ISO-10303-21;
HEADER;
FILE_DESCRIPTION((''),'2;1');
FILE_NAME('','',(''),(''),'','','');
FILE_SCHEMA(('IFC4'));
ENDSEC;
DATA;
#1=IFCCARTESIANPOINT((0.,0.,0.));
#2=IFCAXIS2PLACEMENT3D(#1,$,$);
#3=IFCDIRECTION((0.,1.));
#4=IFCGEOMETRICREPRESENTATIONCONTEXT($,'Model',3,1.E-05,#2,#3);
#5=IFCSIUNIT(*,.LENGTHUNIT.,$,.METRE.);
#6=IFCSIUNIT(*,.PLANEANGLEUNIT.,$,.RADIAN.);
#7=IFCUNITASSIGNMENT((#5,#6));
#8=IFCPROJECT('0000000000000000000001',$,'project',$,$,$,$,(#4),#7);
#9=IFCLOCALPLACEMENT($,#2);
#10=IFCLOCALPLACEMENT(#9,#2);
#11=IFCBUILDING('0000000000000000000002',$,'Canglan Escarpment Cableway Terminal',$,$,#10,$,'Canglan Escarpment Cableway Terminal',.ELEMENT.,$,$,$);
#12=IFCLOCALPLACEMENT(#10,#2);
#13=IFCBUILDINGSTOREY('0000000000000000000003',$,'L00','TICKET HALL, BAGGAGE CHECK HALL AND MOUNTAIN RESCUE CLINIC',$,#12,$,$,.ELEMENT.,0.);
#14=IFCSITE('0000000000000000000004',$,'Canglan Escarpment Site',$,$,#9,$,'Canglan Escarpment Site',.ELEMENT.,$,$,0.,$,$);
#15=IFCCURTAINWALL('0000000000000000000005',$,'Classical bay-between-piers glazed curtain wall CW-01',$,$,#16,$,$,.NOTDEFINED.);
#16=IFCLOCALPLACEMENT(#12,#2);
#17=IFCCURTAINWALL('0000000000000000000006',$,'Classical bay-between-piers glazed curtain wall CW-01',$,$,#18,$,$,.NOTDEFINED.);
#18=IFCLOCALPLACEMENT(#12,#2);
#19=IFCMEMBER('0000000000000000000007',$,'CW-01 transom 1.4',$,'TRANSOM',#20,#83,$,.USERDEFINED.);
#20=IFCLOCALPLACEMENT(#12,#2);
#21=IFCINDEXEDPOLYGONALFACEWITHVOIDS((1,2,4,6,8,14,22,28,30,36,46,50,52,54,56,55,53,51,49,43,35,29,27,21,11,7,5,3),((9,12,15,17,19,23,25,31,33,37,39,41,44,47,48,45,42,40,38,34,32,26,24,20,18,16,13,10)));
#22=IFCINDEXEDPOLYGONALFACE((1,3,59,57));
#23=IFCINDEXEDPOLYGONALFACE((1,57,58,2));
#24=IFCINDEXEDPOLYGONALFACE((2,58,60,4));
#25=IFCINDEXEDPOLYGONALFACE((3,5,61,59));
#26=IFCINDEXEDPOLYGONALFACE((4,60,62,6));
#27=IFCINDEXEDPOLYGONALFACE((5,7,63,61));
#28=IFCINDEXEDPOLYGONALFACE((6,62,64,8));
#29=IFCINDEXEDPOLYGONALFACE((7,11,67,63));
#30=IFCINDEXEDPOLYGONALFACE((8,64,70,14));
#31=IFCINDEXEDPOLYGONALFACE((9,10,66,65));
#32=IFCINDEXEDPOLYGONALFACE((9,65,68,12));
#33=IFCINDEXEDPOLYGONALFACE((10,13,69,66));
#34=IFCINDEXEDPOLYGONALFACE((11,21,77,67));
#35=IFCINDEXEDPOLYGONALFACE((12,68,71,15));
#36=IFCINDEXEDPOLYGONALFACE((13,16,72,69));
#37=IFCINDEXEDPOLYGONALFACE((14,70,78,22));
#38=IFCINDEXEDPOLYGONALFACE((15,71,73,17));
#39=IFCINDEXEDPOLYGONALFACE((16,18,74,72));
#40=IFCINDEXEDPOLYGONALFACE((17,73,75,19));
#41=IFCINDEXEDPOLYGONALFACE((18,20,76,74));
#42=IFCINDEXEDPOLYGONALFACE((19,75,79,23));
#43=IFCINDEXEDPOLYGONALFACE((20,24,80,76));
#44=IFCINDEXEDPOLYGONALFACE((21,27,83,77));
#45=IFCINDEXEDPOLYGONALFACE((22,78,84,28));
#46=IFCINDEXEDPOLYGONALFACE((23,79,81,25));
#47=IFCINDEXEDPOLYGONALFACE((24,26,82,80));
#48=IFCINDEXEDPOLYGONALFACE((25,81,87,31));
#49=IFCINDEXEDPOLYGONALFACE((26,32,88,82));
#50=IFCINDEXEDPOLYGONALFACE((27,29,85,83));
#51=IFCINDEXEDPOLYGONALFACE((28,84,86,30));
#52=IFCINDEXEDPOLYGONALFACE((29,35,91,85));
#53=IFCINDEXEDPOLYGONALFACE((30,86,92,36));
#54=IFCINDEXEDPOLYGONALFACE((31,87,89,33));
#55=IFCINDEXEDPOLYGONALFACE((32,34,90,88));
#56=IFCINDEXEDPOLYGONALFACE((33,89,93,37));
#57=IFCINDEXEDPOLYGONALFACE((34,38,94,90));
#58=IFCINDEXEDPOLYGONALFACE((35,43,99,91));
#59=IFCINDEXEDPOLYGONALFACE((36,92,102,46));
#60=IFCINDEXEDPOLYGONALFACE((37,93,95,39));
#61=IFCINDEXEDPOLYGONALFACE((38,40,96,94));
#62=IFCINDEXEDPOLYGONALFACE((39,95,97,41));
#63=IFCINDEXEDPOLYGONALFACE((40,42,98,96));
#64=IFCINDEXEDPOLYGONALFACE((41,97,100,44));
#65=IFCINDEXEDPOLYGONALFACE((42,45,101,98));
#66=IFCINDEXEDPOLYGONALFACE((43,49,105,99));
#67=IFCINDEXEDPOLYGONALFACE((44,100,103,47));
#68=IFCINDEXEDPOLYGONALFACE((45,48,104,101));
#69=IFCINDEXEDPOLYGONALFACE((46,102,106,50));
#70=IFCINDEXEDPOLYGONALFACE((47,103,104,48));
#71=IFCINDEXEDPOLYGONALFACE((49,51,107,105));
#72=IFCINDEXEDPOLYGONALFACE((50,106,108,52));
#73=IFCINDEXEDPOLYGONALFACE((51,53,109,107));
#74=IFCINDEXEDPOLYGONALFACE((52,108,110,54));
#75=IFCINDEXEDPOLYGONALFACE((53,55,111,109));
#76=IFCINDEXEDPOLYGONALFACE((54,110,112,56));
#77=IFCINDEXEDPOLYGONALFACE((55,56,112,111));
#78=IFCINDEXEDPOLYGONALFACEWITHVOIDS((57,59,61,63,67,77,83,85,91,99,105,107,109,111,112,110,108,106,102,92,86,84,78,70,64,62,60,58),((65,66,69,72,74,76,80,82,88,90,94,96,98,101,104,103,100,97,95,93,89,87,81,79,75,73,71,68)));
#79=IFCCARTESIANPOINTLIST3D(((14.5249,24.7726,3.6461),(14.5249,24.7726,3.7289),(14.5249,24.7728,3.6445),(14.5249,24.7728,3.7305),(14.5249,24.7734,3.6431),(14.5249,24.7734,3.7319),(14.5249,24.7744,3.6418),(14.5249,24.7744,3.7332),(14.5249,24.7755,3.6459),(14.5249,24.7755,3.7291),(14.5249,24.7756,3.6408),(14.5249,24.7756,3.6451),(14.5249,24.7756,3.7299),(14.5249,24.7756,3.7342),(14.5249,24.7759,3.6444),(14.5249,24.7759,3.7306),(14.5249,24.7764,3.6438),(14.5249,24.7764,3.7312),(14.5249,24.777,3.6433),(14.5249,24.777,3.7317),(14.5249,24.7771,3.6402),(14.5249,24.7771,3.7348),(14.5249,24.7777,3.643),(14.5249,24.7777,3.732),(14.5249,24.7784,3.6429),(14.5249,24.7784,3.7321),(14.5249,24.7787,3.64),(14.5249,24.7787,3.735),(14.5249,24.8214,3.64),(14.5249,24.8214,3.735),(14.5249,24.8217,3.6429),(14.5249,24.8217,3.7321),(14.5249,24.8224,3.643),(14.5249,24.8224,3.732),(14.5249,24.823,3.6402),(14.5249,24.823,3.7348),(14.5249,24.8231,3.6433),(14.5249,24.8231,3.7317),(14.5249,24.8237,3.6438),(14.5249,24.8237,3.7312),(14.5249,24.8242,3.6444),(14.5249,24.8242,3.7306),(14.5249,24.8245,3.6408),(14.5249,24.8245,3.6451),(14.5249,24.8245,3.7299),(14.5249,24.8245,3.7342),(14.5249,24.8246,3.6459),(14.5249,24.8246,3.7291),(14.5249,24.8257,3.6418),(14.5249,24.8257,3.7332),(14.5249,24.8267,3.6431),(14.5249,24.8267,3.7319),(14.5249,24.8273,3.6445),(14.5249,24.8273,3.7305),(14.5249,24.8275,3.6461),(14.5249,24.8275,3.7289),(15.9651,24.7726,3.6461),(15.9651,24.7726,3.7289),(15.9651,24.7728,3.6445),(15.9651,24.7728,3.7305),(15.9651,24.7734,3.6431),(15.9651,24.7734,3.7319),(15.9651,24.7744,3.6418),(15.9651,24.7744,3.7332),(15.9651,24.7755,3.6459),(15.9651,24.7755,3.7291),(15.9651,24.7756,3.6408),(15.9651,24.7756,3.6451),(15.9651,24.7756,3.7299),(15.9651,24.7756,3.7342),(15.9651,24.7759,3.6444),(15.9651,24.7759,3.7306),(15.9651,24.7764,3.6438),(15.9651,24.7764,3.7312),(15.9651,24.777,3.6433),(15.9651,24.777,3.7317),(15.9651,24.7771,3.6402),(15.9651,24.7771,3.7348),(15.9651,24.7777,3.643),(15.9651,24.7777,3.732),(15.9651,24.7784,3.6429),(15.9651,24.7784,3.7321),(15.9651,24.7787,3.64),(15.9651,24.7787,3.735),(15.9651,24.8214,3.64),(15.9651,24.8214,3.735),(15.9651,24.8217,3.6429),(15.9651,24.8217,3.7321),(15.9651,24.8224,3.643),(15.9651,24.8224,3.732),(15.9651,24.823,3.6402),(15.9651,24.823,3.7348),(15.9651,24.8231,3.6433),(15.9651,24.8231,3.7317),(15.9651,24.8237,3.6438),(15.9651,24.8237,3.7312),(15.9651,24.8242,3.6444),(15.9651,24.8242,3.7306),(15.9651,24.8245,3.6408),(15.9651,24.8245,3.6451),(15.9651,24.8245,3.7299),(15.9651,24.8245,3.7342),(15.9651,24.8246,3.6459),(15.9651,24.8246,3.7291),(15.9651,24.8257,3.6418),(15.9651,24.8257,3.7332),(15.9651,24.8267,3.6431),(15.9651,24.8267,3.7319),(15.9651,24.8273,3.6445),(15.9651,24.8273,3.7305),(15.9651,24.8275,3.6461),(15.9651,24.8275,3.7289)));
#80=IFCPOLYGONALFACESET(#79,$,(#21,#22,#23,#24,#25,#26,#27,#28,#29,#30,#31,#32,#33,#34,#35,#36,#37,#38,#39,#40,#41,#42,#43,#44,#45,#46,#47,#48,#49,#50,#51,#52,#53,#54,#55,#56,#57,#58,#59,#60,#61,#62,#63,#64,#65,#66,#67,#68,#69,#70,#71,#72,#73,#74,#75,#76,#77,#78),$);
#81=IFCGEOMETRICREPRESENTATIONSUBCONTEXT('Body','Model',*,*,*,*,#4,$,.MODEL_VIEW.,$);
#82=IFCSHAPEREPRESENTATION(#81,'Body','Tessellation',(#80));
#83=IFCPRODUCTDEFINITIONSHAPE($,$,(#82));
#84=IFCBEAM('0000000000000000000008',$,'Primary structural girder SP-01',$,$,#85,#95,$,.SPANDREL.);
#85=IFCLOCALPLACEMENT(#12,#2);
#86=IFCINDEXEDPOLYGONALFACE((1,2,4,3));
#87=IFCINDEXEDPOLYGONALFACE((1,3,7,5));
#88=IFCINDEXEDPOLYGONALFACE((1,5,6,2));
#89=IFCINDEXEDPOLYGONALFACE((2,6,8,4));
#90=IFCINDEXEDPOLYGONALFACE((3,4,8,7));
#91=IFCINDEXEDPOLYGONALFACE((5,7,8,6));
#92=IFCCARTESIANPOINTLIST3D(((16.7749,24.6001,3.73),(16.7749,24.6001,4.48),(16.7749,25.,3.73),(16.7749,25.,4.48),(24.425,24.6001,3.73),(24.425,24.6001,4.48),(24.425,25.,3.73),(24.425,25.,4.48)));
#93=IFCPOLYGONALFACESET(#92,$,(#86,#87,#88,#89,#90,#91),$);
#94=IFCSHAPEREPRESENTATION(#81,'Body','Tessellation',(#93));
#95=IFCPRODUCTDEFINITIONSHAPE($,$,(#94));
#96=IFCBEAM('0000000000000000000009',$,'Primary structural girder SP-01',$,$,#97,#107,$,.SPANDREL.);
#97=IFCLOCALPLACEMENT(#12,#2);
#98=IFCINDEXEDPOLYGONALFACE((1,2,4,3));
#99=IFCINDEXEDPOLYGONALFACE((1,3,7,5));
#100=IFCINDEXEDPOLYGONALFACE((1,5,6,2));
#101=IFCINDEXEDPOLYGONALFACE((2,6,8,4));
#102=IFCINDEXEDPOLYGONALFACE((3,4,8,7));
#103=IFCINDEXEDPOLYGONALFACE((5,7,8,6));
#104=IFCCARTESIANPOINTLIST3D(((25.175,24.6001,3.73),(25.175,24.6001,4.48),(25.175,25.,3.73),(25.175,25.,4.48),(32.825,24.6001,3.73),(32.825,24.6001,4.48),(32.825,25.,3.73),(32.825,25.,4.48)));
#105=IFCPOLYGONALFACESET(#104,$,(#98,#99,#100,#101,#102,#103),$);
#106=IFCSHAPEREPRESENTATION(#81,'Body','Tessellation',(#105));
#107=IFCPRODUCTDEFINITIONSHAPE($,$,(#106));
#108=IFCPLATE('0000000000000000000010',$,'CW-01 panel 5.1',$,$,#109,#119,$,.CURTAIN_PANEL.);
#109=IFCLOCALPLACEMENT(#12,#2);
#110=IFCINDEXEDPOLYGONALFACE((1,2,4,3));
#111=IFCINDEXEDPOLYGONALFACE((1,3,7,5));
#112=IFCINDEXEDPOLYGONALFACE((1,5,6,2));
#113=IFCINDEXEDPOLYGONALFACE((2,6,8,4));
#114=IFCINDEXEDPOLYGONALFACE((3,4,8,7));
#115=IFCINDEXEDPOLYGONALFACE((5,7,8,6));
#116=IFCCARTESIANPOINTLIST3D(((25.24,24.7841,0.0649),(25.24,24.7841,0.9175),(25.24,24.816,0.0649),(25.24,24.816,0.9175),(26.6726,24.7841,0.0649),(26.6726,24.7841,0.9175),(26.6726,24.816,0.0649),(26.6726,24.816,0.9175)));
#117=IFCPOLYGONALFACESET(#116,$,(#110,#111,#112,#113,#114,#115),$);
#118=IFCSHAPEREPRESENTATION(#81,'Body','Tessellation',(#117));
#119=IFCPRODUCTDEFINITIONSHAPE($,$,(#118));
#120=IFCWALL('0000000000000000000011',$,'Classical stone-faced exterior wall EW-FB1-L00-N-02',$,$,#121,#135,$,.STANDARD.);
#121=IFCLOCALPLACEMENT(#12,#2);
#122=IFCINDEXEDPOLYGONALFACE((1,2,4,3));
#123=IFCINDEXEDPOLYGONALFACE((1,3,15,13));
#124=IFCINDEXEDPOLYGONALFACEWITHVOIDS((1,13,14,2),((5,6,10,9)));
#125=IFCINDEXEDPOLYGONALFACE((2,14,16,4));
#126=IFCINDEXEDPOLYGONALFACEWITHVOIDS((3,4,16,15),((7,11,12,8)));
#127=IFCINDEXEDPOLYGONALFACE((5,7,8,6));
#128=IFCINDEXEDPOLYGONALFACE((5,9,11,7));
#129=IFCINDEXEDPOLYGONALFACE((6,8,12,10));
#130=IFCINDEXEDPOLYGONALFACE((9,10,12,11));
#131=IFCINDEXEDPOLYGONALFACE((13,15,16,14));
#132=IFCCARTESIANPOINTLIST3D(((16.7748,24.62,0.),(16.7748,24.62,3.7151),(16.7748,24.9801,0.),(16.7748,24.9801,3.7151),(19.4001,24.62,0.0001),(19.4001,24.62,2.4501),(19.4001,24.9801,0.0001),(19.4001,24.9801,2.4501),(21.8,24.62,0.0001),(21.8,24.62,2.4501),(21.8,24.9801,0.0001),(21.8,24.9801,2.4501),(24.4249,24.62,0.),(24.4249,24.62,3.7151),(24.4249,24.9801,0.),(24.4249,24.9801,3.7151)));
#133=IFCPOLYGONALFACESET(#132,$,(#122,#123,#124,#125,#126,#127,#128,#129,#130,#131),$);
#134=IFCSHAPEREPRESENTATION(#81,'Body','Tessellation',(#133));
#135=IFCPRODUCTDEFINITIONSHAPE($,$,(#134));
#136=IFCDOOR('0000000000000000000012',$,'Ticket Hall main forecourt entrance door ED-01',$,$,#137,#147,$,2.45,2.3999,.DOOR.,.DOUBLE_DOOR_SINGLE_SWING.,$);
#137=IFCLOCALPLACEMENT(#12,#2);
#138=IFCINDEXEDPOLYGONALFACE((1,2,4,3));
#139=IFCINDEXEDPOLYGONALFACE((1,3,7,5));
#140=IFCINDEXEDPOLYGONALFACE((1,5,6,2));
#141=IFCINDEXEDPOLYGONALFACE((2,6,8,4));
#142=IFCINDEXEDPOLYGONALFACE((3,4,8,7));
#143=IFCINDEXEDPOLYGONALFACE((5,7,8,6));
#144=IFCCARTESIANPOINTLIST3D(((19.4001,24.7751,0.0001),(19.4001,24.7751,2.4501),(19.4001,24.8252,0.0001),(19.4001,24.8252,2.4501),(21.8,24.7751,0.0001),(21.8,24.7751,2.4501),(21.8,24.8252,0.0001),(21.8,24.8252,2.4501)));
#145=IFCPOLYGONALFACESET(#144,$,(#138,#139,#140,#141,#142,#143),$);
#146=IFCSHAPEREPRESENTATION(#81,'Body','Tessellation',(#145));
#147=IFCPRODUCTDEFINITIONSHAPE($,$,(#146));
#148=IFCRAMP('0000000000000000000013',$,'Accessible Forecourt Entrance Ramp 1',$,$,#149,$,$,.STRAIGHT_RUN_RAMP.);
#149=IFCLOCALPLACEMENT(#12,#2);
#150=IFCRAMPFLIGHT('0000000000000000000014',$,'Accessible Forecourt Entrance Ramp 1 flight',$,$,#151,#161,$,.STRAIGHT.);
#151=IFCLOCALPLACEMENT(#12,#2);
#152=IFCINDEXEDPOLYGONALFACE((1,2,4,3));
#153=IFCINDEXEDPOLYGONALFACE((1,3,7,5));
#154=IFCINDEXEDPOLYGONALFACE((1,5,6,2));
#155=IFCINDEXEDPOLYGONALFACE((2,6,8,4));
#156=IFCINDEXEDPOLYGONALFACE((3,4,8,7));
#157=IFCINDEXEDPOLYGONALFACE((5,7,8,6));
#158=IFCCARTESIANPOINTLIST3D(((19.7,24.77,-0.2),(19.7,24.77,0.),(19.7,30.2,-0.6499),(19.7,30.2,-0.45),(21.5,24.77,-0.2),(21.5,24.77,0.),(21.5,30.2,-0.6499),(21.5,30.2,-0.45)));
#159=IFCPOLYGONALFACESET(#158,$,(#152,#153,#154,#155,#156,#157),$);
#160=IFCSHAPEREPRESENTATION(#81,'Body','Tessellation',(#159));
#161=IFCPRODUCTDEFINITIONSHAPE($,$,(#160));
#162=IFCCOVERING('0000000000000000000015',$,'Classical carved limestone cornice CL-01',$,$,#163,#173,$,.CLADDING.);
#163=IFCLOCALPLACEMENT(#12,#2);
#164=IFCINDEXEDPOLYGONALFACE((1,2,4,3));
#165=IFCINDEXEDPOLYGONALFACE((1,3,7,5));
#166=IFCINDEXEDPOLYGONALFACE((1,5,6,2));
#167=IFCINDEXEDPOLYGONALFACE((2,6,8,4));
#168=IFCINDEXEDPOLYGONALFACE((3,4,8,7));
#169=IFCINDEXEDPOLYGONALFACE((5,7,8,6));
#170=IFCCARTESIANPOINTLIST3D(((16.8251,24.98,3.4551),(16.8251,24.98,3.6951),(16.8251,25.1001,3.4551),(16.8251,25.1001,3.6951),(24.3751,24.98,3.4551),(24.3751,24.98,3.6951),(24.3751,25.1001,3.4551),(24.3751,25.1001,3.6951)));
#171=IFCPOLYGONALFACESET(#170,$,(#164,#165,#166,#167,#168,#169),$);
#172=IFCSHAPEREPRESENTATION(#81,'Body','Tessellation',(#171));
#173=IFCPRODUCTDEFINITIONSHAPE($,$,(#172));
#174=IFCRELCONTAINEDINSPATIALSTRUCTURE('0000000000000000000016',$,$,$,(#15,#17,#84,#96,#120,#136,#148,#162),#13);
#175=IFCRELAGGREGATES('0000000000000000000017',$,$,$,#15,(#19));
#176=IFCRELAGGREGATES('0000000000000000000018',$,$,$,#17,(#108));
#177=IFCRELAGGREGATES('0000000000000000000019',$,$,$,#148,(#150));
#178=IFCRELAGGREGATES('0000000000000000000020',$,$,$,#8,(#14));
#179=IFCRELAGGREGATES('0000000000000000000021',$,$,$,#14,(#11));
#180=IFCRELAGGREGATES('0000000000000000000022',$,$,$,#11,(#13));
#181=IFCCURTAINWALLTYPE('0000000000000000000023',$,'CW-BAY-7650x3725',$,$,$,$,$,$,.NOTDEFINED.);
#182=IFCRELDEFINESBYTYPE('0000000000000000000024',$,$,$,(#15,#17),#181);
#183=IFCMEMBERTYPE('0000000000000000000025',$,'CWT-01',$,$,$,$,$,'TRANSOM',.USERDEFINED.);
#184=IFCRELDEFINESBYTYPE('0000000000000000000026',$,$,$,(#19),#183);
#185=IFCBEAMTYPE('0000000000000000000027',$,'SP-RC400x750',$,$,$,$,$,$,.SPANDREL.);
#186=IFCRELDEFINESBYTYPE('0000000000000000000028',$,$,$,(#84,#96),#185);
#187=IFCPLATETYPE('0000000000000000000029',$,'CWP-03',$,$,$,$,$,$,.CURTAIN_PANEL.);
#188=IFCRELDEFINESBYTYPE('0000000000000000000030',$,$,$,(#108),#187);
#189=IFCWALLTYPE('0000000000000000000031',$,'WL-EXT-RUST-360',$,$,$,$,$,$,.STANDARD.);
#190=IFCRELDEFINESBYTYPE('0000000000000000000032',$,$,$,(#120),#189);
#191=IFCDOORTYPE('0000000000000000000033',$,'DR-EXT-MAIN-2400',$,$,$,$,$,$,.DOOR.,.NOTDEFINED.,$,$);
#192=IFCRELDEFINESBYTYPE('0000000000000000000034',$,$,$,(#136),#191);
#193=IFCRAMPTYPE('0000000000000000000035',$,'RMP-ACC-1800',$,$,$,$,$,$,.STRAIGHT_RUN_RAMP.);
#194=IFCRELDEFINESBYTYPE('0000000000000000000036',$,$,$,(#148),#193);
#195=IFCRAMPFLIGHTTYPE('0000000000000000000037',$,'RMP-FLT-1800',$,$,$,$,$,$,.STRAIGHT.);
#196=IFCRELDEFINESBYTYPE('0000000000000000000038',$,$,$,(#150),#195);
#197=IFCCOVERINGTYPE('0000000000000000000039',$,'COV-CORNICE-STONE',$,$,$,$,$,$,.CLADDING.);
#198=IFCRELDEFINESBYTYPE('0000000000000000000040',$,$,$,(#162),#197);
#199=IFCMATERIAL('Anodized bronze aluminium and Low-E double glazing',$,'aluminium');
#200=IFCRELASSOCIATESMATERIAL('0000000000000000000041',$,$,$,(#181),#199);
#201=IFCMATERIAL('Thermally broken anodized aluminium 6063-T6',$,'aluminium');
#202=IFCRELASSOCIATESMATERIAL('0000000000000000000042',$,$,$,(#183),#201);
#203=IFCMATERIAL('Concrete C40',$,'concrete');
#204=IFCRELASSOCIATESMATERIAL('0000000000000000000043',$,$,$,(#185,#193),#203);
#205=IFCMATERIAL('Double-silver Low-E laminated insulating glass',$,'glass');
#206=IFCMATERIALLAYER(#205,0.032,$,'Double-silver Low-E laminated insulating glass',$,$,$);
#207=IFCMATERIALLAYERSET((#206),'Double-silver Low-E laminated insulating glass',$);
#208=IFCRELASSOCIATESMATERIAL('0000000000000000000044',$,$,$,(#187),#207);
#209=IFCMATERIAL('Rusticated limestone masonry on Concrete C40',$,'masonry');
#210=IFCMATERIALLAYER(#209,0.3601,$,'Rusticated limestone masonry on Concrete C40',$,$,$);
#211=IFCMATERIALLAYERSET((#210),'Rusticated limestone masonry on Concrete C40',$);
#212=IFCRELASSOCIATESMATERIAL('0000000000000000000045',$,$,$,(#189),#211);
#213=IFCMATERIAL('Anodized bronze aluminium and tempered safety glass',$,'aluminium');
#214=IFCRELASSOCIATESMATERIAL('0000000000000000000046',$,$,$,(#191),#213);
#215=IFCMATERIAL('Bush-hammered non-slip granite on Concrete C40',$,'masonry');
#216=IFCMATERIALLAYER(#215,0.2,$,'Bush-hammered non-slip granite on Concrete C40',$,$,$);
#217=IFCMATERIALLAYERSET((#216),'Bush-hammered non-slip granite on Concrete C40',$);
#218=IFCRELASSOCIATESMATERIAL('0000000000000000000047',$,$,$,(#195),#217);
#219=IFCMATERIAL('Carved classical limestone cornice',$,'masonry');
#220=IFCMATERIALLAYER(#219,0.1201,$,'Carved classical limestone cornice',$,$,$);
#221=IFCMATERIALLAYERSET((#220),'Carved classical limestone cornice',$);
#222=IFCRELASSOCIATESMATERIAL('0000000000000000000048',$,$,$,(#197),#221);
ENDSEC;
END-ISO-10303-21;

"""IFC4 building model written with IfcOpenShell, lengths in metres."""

from ifc_helpers import new_model, si_unit, direction, frame, frame_2d, origin, origin_2d, place, context, subcontext, project, spatial, polyline, rectangle, hollow_rectangle, outline, extrude, material, layer, layer_set, material_profile, profile_set, type_object, element, fill, aggregate, save


model = new_model("IFC4")

# Units and contexts
model_context = context("Model", 3, precision=1e-05, world=origin(), true_north=direction((0.0, 1.0)))
body_context = subcontext(model_context, "Body", "Model", "MODEL_VIEW")
ifc_project = project(units=[si_unit("LENGTHUNIT", "METRE"), si_unit("PLANEANGLEUNIT", "RADIAN")], contexts=[model_context])

# Site, building, storey
site_placement = place(None, origin())
site = spatial("IfcSite", under=ifc_project, at=site_placement, Name="Canglan Escarpment Site", LongName="Canglan Escarpment Site", CompositionType="ELEMENT", RefElevation=0.0)
building_placement = place(site_placement, origin())
building = spatial("IfcBuilding", under=site, at=building_placement, Name="Canglan Escarpment Cableway Terminal", LongName="Canglan Escarpment Cableway Terminal", CompositionType="ELEMENT")
storey_placement = place(building_placement, origin())
storey = spatial("IfcBuildingStorey", under=building, at=storey_placement, Name="L00", Description="TICKET HALL, BAGGAGE CHECK HALL AND MOUNTAIN RESCUE CLINIC", CompositionType="ELEMENT", Elevation=0.0)

# Shared definitions
ifc_material_1 = material(Name="Concrete C40", Category="concrete")

# Curtain walls
ifc_material_2 = material(Name="Anodized bronze aluminium and Low-E double glazing", Category="aluminium")
curtain_wall_type = type_object("IfcCurtainWallType", Name="CW-BAY-7650x3725", PredefinedType="NOTDEFINED", material=ifc_material_2)
curtain_wall_1_placement = place(storey_placement, origin())
curtain_wall_1 = element("IfcCurtainWall", 1, at=curtain_wall_1_placement, inside=storey, type_object=curtain_wall_type, Name="Classical bay-between-piers glazed curtain wall CW-01", PredefinedType="NOTDEFINED")
ifc_material_3 = material(Name="Thermally broken anodized aluminium 6063-T6", Category="aluminium")
curtain_wall_2_placement = place(storey_placement, origin())
curtain_wall_2 = element("IfcCurtainWall", 2, at=curtain_wall_2_placement, inside=storey, type_object=curtain_wall_type, Name="Classical bay-between-piers glazed curtain wall CW-01", PredefinedType="NOTDEFINED")

# Member
ifc_material_profile_1 = material_profile(ifc_material_3, hollow_rectangle(XDim=0.0549, YDim=0.095, WallThickness=0.0029, InnerFilletRadius=0.0029, OuterFilletRadius=0.0061, at=origin_2d()), Name="ALU-TRAN 55x95x3")
ifc_profile_set_1 = profile_set([ifc_material_profile_1], Name="Thermally broken anodized aluminium 6063-T6")
member_type_1 = type_object("IfcMemberType", Name="CWT-01", ElementType="TRANSOM", PredefinedType="USERDEFINED", material=ifc_profile_set_1)
member_1_placement = place(storey_placement, frame((15.9651, 24.8, 3.6875), z_axis=(-1.0, 0.0, 0.0), x_axis=(0.0, -1.0, 0.0)))
member_1 = element("IfcMember", 3, at=member_1_placement, type_object=member_type_1, Name="CW-01 transom 1.4", ObjectType="TRANSOM", PredefinedType="USERDEFINED", context=body_context, shape_type="SweptSolid", body=[
    extrude(hollow_rectangle(XDim=0.0549, YDim=0.095, WallThickness=0.0029, InnerFilletRadius=0.0029, OuterFilletRadius=0.0061, at=origin_2d()), origin(), (0.0, 0.0, 1.0), 1.4402),
])
aggregate(curtain_wall_1, [member_1])

# Beams
ifc_material_profile_2 = material_profile(ifc_material_1, rectangle(XDim=0.3999, YDim=0.75, at=origin_2d()), Name="RC 400x750")
ifc_profile_set_2 = profile_set([ifc_material_profile_2], Name="Concrete C40")
beam_type = type_object("IfcBeamType", Name="SP-RC400x750", PredefinedType="SPANDREL", material=ifc_profile_set_2)
beam_1_placement = place(storey_placement, frame((16.7749, 24.8, 4.105), z_axis=(1.0, 0.0, 0.0), x_axis=(0.0, 1.0, 0.0)))
element("IfcBeam", 4, at=beam_1_placement, inside=storey, type_object=beam_type, Name="Primary structural girder SP-01", PredefinedType="SPANDREL", context=body_context, shape_type="SweptSolid", body=[
    extrude(rectangle(XDim=0.3999, YDim=0.75, at=origin_2d()), origin(), (0.0, 0.0, 1.0), 7.6501),
])
beam_2_placement = place(storey_placement, frame((25.175, 24.8, 4.105), z_axis=(1.0, 0.0, 0.0), x_axis=(0.0, 1.0, 0.0)))
element("IfcBeam", 5, at=beam_2_placement, inside=storey, type_object=beam_type, Name="Primary structural girder SP-01", PredefinedType="SPANDREL", context=body_context, shape_type="SweptSolid", body=[
    extrude(rectangle(XDim=0.3999, YDim=0.75, at=origin_2d()), origin(), (0.0, 0.0, 1.0), 7.6499),
])

# Plate
ifc_material_4 = material(Name="Double-silver Low-E laminated insulating glass", Category="glass")
ifc_layer_1 = layer(ifc_material_4, 0.032, Name="Double-silver Low-E laminated insulating glass")
ifc_layer_set_1 = layer_set([ifc_layer_1], Name="Double-silver Low-E laminated insulating glass")
plate_type = type_object("IfcPlateType", Name="CWP-03", PredefinedType="CURTAIN_PANEL", material=ifc_layer_set_1)
plate_placement = place(storey_placement, frame((25.9563, 24.8, 0.0649), z_axis=(0.0, 0.0, 1.0), x_axis=(-1.0, 0.0, 0.0)))
plate = element("IfcPlate", 6, at=plate_placement, type_object=plate_type, Name="CW-01 panel 5.1", PredefinedType="CURTAIN_PANEL", context=body_context, shape_type="SweptSolid", body=[
    extrude(rectangle(XDim=1.4326, YDim=0.032, at=origin_2d()), origin(), (0.0, 0.0, 1.0), 0.8525),
])
aggregate(curtain_wall_2, [plate])

# Wall, opening, door
ifc_material_5 = material(Name="Rusticated limestone masonry on Concrete C40", Category="masonry")
ifc_layer_2 = layer(ifc_material_5, 0.3601, Name="Rusticated limestone masonry on Concrete C40")
ifc_layer_set_2 = layer_set([ifc_layer_2], Name="Rusticated limestone masonry on Concrete C40")
wall_type = type_object("IfcWallType", Name="WL-EXT-RUST-360", PredefinedType="STANDARD", material=ifc_layer_set_2)
wall_placement = place(storey_placement, frame((24.425, 24.8, 0.0), z_axis=(0.0, 0.0, 1.0), x_axis=(-1.0, 0.0, 0.0)))
wall = element("IfcWall", 7, at=wall_placement, inside=storey, type_object=wall_type, Name="Classical stone-faced exterior wall EW-FB1-L00-N-02", PredefinedType="STANDARD", context=body_context, shape_type="SweptSolid", body=[
    extrude(rectangle(XDim=7.6501, YDim=0.3601, at=frame_2d((3.8252, 0.0))), origin(), (0.0, 0.0, 1.0), 3.7151),
])
opening_placement = place(wall_placement, frame((2.625, 0.0, 0.0)))
opening = element("IfcOpeningElement", 8, at=opening_placement, cuts=wall, PredefinedType="OPENING", context=body_context, shape_type="SweptSolid", body=[
    extrude(rectangle(XDim=2.3999, YDim=2.45, at=frame_2d((1.2, 1.2251))), frame((0.0, 0.1899, 0.0), z_axis=(0.0, -1.0, 0.0), x_axis=(1.0, 0.0, 0.0)), (0.0, 0.0, 1.0), 0.3801),
])
ifc_material_6 = material(Name="Anodized bronze aluminium and tempered safety glass", Category="aluminium")
door_type = type_object("IfcDoorType", Name="DR-EXT-MAIN-2400", OperationType="NOTDEFINED", PredefinedType="DOOR", material=ifc_material_6)
door_placement = place(opening_placement, origin())
door = element("IfcDoor", 9, at=door_placement, inside=storey, type_object=door_type, Name="Ticket Hall main forecourt entrance door ED-01", OperationType="DOUBLE_DOOR_SINGLE_SWING", OverallHeight=2.45, OverallWidth=2.3999, PredefinedType="DOOR", context=body_context, shape_type="SweptSolid", body=[
    extrude(rectangle(XDim=2.3999, YDim=2.45, at=frame_2d((1.2, 1.2251))), frame((0.0, 0.0249, 0.0), z_axis=(0.0, -1.0, 0.0), x_axis=(1.0, 0.0, 0.0)), (0.0, 0.0, 1.0), 0.05),
])
fill(opening, door)

# Ramp, ramp flight
ramp_type = type_object("IfcRampType", Name="RMP-ACC-1800", PredefinedType="STRAIGHT_RUN_RAMP", material=ifc_material_1)
ramp_placement = place(storey_placement, origin())
ramp = element("IfcRamp", 10, at=ramp_placement, inside=storey, type_object=ramp_type, Name="Accessible Forecourt Entrance Ramp 1", PredefinedType="STRAIGHT_RUN_RAMP")
ifc_material_7 = material(Name="Bush-hammered non-slip granite on Concrete C40", Category="masonry")
ifc_layer_3 = layer(ifc_material_7, 0.2, Name="Bush-hammered non-slip granite on Concrete C40")
ifc_layer_set_3 = layer_set([ifc_layer_3], Name="Bush-hammered non-slip granite on Concrete C40")
ramp_flight_type = type_object("IfcRampFlightType", Name="RMP-FLT-1800", PredefinedType="STRAIGHT", material=ifc_layer_set_3)
ramp_flight_placement = place(storey_placement, frame((20.6001, 30.2, -0.45), z_axis=(0.0, 0.0, 1.0), x_axis=(0.0, -1.0, 0.0)))
ramp_flight = element("IfcRampFlight", 11, at=ramp_flight_placement, type_object=ramp_flight_type, Name="Accessible Forecourt Entrance Ramp 1 flight", PredefinedType="STRAIGHT", context=body_context, shape_type="SweptSolid", body=[
    extrude(outline(polyline([(0.0, 0.0), (0.0, -0.2), (5.4299, 0.25), (5.4299, 0.45), (0.0, 0.0)])), frame((0.0, 0.8999, 0.0), z_axis=(0.0, -1.0, 0.0), x_axis=(1.0, 0.0, 0.0)), (0.0, 0.0, 1.0), 1.8),
])
aggregate(ramp, [ramp_flight])

# Covering
ifc_material_8 = material(Name="Carved classical limestone cornice", Category="masonry")
ifc_layer_4 = layer(ifc_material_8, 0.1201, Name="Carved classical limestone cornice")
ifc_layer_set_4 = layer_set([ifc_layer_4], Name="Carved classical limestone cornice")
covering_type = type_object("IfcCoveringType", Name="COV-CORNICE-STONE", PredefinedType="CLADDING", material=ifc_layer_set_4)
covering_placement = place(storey_placement, frame((20.6001, 25.04, 3.4551), z_axis=(0.0, 0.0, 1.0), x_axis=(-1.0, 0.0, 0.0)))
element("IfcCovering", 12, at=covering_placement, inside=storey, type_object=covering_type, Name="Classical carved limestone cornice CL-01", PredefinedType="CLADDING", context=body_context, shape_type="SweptSolid", body=[
    extrude(rectangle(XDim=7.55, YDim=0.1201, at=origin_2d()), origin(), (0.0, 0.0, 1.0), 0.24),
])

save(model, "model.ifc")
